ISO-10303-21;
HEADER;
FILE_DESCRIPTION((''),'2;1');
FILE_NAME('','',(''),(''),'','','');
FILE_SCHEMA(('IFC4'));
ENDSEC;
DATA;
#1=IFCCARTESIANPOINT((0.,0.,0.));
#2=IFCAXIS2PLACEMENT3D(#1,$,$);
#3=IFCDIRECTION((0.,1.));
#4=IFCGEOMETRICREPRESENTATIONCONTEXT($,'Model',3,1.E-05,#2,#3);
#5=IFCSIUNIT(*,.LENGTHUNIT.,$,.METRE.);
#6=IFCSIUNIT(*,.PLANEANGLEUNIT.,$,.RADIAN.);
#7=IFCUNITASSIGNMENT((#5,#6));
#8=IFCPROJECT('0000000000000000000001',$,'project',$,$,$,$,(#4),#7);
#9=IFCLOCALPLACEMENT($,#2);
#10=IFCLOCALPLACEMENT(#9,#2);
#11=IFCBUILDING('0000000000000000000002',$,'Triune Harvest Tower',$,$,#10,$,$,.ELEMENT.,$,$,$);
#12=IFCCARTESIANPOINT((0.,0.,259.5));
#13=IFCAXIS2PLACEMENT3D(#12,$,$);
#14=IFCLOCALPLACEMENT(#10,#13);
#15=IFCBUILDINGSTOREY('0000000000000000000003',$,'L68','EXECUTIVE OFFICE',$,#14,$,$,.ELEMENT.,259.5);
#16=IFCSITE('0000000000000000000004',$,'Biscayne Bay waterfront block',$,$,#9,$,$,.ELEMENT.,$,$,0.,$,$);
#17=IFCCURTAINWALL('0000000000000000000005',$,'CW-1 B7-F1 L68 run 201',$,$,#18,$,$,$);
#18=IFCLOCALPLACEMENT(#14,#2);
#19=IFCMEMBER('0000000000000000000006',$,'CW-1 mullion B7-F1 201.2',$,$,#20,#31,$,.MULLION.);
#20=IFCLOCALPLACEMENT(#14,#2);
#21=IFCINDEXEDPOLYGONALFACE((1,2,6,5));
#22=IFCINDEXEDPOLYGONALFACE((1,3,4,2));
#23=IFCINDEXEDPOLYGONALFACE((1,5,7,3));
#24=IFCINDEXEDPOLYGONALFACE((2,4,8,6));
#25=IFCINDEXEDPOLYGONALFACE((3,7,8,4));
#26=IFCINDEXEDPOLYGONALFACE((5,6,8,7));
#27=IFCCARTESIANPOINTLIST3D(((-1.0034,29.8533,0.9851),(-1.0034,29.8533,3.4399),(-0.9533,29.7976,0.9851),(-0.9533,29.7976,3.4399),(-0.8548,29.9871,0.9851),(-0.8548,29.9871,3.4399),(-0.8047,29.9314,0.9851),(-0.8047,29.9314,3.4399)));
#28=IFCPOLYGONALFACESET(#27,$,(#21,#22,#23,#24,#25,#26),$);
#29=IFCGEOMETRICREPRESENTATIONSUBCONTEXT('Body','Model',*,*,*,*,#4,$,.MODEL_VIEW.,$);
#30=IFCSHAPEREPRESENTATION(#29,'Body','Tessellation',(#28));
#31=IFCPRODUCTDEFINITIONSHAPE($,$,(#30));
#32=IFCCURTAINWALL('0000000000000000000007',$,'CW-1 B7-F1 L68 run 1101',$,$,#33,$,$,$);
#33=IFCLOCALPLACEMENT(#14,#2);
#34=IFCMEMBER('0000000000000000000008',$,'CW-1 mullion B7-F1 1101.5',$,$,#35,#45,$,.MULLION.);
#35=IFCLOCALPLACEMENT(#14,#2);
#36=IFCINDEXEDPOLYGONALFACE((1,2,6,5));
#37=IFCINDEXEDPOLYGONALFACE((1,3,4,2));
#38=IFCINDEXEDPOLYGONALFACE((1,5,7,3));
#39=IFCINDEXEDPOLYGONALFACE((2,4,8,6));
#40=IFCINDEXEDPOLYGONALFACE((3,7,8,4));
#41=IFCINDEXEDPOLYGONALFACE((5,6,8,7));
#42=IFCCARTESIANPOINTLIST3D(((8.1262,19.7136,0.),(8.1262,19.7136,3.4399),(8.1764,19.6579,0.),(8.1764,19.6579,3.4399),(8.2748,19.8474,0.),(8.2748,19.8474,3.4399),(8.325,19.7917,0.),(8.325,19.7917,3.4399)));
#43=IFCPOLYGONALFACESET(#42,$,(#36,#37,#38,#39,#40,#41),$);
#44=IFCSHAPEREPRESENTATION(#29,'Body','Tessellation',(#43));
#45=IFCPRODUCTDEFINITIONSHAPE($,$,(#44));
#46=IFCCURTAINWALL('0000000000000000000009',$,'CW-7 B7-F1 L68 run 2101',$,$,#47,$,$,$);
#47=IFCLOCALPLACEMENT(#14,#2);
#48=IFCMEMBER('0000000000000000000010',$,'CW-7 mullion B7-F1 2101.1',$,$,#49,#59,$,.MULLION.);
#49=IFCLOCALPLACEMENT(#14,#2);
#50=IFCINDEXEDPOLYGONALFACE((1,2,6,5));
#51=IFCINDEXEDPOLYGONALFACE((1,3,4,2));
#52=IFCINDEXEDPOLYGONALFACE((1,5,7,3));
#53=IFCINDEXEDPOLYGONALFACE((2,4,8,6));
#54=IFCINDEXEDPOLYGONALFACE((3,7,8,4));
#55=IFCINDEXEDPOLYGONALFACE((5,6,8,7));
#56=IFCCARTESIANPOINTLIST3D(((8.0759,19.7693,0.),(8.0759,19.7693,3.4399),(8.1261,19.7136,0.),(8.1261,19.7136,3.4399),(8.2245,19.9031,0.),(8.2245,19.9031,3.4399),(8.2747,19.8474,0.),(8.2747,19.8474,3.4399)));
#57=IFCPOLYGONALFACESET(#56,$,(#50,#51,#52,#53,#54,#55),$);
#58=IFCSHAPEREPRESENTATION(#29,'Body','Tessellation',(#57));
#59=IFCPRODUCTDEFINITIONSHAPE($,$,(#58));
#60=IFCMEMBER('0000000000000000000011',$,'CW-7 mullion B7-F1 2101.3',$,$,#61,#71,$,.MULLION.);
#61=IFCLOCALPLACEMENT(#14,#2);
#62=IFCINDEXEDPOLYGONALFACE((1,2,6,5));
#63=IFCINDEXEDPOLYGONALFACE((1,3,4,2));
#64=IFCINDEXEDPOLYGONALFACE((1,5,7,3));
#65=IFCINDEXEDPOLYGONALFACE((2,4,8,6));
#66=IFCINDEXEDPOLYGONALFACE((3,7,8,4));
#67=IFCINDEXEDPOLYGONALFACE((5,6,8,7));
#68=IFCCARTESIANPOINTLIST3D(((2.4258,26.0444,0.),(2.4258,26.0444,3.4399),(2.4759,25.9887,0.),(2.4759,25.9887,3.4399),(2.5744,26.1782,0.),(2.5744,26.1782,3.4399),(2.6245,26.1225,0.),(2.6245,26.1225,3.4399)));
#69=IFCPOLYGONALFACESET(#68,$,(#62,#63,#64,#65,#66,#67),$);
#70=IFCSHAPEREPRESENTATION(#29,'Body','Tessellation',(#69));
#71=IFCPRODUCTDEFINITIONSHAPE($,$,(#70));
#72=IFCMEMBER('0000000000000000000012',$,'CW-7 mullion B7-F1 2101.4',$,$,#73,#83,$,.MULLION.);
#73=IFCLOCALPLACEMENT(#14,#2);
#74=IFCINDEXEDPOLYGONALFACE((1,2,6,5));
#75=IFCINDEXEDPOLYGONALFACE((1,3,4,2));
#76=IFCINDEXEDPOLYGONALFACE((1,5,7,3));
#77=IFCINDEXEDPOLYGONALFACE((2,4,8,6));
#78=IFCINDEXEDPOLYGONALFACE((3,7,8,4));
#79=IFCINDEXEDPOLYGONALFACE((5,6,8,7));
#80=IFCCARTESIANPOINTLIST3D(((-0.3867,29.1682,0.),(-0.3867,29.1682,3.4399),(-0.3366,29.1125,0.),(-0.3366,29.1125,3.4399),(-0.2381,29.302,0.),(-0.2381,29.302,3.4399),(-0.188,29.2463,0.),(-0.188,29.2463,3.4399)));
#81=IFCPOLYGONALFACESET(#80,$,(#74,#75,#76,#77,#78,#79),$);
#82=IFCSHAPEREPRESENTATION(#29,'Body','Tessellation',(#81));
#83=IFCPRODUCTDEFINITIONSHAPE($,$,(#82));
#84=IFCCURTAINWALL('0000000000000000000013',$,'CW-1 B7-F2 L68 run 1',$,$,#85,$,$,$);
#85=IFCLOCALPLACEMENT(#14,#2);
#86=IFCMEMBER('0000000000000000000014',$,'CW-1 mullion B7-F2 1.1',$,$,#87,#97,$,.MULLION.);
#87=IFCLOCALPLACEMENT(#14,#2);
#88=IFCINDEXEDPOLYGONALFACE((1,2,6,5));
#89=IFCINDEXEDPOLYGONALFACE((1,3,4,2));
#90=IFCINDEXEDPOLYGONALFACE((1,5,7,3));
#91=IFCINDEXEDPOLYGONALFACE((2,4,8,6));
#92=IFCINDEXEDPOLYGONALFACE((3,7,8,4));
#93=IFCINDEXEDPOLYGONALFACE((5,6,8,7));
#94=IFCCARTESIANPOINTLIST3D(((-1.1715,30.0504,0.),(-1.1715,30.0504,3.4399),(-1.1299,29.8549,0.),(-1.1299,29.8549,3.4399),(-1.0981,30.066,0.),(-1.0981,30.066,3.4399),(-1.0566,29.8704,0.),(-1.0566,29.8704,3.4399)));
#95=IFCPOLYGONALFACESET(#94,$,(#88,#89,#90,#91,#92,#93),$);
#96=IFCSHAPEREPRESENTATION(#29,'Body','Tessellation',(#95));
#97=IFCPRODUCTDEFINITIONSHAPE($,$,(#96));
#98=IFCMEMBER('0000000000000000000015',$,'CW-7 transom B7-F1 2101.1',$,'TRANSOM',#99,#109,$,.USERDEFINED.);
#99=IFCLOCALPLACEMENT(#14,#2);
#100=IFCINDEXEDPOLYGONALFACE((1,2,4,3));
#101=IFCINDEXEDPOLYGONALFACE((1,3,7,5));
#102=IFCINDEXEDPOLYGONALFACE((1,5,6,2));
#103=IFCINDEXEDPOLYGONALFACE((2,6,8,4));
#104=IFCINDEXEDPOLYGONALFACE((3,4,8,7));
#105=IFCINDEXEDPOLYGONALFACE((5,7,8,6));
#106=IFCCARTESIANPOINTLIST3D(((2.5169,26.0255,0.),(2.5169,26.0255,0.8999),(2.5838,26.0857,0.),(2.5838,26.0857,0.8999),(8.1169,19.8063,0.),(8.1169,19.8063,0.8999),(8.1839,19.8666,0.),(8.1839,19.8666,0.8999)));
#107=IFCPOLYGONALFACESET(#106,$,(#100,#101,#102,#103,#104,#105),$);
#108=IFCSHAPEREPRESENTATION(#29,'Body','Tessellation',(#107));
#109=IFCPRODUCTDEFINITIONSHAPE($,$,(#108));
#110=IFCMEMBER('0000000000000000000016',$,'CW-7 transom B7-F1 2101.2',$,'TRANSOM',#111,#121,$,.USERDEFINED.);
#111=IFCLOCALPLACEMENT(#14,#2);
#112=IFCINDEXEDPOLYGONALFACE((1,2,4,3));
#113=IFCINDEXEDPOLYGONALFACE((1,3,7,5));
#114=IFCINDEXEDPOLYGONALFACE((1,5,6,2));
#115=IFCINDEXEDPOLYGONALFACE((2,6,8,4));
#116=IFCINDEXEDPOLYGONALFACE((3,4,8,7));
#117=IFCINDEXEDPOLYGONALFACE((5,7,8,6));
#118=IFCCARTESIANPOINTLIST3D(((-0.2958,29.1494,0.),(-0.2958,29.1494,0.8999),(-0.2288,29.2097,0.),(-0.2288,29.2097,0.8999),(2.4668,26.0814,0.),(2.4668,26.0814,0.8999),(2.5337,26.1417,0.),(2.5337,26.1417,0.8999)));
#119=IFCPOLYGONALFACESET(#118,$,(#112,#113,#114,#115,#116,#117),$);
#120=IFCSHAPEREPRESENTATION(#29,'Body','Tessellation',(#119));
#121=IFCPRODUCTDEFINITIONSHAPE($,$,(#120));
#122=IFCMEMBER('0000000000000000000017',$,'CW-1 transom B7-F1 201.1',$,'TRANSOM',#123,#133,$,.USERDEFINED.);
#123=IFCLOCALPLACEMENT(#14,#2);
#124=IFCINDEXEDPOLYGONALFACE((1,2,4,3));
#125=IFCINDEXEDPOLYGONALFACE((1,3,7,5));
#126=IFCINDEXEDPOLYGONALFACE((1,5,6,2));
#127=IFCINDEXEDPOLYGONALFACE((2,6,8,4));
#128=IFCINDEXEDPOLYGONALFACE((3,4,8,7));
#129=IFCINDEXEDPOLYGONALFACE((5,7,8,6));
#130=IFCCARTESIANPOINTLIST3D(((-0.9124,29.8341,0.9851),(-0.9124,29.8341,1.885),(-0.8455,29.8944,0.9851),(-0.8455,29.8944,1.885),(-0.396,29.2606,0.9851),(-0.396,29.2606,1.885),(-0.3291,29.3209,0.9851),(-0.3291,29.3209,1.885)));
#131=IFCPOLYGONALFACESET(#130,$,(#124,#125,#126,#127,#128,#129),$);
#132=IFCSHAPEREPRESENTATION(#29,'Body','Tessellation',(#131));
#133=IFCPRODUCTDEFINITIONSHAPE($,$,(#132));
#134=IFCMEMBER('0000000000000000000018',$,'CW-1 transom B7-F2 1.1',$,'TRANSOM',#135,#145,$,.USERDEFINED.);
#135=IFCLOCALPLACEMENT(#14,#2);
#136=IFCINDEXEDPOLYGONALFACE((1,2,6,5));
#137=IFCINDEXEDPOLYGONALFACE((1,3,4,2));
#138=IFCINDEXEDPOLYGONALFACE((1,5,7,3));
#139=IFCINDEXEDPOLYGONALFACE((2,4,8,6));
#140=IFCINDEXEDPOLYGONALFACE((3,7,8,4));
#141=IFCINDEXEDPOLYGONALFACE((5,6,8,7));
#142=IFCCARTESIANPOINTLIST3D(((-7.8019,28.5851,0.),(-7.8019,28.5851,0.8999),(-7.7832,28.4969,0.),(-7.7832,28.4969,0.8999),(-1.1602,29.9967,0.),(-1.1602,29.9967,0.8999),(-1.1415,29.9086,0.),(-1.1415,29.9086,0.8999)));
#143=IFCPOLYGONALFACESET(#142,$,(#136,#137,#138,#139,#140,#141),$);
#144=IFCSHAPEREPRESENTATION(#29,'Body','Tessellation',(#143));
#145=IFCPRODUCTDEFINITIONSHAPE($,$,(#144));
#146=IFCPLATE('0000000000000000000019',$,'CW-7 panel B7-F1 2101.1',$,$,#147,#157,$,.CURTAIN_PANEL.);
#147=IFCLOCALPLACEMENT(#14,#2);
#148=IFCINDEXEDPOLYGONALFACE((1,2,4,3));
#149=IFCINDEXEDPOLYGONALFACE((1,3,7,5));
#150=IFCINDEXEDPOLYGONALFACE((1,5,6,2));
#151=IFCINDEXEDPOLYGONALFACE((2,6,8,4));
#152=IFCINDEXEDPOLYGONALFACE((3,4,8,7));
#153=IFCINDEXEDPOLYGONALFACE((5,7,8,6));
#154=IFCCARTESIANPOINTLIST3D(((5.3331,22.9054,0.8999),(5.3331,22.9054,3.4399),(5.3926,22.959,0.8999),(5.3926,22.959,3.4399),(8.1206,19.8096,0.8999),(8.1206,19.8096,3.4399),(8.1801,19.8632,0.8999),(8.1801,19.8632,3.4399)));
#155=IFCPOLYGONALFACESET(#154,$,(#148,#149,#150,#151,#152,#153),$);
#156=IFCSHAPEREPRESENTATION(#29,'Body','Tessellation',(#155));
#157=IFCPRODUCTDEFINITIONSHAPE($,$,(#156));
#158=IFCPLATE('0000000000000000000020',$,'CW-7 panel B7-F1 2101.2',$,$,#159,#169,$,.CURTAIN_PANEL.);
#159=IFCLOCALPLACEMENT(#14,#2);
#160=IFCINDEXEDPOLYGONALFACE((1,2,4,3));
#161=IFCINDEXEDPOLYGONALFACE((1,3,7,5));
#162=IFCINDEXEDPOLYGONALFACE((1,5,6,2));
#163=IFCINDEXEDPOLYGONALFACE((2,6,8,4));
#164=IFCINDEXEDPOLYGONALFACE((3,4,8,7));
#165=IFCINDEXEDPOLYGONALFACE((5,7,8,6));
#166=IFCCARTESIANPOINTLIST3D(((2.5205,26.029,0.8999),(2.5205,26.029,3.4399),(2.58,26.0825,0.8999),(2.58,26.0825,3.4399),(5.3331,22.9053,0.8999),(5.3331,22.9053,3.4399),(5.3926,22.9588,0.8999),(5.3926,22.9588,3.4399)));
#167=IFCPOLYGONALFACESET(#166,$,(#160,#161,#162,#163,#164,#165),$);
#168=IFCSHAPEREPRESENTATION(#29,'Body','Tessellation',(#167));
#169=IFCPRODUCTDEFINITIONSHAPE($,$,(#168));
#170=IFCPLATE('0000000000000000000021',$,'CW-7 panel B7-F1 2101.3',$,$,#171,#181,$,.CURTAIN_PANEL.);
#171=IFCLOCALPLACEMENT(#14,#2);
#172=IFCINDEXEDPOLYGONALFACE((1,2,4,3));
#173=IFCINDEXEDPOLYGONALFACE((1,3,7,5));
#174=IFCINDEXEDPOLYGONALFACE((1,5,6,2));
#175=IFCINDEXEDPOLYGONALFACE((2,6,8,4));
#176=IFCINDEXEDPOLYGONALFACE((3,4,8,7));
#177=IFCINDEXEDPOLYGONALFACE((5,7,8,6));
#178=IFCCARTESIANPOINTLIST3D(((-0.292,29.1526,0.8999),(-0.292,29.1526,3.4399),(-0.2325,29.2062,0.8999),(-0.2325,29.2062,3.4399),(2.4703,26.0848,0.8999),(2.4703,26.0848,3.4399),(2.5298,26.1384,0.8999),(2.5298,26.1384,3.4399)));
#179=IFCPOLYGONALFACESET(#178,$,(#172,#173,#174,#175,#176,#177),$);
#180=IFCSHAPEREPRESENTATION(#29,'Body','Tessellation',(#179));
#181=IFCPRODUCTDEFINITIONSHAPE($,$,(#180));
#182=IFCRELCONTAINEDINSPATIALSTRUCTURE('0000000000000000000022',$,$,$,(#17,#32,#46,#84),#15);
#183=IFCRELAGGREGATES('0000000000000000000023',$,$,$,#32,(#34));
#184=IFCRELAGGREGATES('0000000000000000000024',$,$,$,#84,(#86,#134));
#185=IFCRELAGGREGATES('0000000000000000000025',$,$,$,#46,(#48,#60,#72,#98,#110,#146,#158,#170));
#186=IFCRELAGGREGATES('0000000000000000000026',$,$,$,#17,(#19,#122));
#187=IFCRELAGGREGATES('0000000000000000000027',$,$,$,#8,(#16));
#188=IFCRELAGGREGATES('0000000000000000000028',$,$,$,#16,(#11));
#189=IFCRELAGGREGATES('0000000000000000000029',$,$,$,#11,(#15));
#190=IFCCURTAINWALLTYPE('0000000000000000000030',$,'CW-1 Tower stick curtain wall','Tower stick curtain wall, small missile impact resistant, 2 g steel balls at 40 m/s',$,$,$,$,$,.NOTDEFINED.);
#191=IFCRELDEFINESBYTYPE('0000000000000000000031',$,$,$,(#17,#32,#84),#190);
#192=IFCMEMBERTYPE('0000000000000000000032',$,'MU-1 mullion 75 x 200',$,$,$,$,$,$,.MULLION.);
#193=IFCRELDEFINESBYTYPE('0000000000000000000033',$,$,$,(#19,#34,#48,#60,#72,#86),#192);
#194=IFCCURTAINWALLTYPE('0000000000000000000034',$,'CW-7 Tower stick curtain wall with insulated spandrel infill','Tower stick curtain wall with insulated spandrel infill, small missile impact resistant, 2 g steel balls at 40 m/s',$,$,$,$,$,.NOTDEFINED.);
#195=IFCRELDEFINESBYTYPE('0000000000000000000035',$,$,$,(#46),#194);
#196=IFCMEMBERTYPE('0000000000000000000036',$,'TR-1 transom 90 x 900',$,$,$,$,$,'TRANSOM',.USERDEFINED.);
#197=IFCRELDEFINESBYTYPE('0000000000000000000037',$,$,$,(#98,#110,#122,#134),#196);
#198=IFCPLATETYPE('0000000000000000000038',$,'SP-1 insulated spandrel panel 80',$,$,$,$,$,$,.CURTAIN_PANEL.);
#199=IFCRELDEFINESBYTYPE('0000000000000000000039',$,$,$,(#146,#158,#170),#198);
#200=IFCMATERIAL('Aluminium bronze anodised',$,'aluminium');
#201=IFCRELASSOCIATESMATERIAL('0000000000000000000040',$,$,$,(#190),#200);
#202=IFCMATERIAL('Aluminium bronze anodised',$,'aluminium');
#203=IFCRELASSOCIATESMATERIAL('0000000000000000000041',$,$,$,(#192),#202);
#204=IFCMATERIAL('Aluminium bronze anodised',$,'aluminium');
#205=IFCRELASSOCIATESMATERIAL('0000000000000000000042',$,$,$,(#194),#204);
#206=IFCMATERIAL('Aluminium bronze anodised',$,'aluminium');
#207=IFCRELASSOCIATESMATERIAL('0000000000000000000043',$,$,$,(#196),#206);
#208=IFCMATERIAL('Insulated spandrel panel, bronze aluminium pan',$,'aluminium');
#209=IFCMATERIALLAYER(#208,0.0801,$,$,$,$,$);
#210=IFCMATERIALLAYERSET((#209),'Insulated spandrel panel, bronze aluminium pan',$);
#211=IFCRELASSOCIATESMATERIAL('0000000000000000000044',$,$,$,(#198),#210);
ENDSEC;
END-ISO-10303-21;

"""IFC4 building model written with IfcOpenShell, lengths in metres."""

from ifc_helpers import new_model, si_unit, direction, frame, origin, origin_2d, place, context, subcontext, project, spatial, rectangle, extrude, source, transform, mapped, material, layer, layer_set, material_profile, profile_set, type_object, element, aggregate, save


model = new_model("IFC4")

# Units and contexts
model_context = context("Model", 3, precision=1e-05, world=origin(), true_north=direction((0.0, 1.0)))
body_context = subcontext(model_context, "Body", "Model", "MODEL_VIEW")
ifc_project = project(units=[si_unit("LENGTHUNIT", "METRE"), si_unit("PLANEANGLEUNIT", "RADIAN")], contexts=[model_context])

# Site, building, storey
site_placement = place(None, origin())
site = spatial("IfcSite", under=ifc_project, at=site_placement, Name="Biscayne Bay waterfront block", CompositionType="ELEMENT", RefElevation=0.0)
building_placement = place(site_placement, origin())
building = spatial("IfcBuilding", under=site, at=building_placement, Name="Triune Harvest Tower", CompositionType="ELEMENT")
storey_placement = place(building_placement, frame((0.0, 0.0, 259.5)))
storey = spatial("IfcBuildingStorey", under=building, at=storey_placement, Name="L68", Description="EXECUTIVE OFFICE", CompositionType="ELEMENT", Elevation=259.5)

# Curtain wall, member
ifc_material_1 = material(Name="Aluminium bronze anodised", Category="aluminium")
curtain_wall_type_1 = type_object("IfcCurtainWallType", Name="CW-1 Tower stick curtain wall", Description="Tower stick curtain wall, small missile impact resistant, 2 g steel balls at 40 m/s", PredefinedType="NOTDEFINED", material=ifc_material_1)
curtain_wall_1_placement = place(storey_placement, origin())
curtain_wall_1 = element("IfcCurtainWall", 1, at=curtain_wall_1_placement, inside=storey, type_object=curtain_wall_type_1, Name="CW-1 B7-F1 L68 run 201")
ifc_material_2 = material(Name="Aluminium bronze anodised", Category="aluminium")
ifc_material_profile_1 = material_profile(ifc_material_2, rectangle(XDim=0.2, YDim=0.075, at=origin_2d()), Name="MU-1 mullion 75 x 200")
ifc_profile_set_1 = profile_set([ifc_material_profile_1], Name="Aluminium bronze anodised")
member_type_1 = type_object("IfcMemberType", Name="MU-1 mullion 75 x 200", PredefinedType="MULLION", material=ifc_profile_set_1)
shared_shape_1 = source(origin(), body_context, "Body", "SweptSolid", [
    extrude(rectangle(XDim=0.2, YDim=0.075, at=origin_2d()), origin(), (0.0, 0.0, 1.0), 2.4548),
])
member_1_placement = place(storey_placement, frame((-0.9041, 29.8923, 0.9851), z_axis=(0.0, 0.0, 1.0), x_axis=(-0.743132, -0.669145, 0.0)))
member_1 = element("IfcMember", 2, at=member_1_placement, type_object=member_type_1, Name="CW-1 mullion B7-F1 201.2", PredefinedType="MULLION", context=body_context, shape_type="MappedRepresentation", body=[
    mapped(shared_shape_1, transform((0.0, 0.0, 0.0), scale=1.0)),
])

# Curtain wall, member
curtain_wall_2_placement = place(storey_placement, origin())
curtain_wall_2 = element("IfcCurtainWall", 3, at=curtain_wall_2_placement, inside=storey, type_object=curtain_wall_type_1, Name="CW-1 B7-F1 L68 run 1101")
shared_shape_2 = source(origin(), body_context, "Body", "SweptSolid", [
    extrude(rectangle(XDim=0.2, YDim=0.075, at=origin_2d()), origin(), (0.0, 0.0, 1.0), 3.4399),
])
member_2_placement = place(storey_placement, frame((8.2256, 19.7527, 0.0), z_axis=(0.0, 0.0, 1.0), x_axis=(-0.743145, -0.669131, 0.0)))
member_2 = element("IfcMember", 4, at=member_2_placement, type_object=member_type_1, Name="CW-1 mullion B7-F1 1101.5", PredefinedType="MULLION", context=body_context, shape_type="MappedRepresentation", body=[
    mapped(shared_shape_2, transform((0.0, 0.0, 0.0), scale=1.0)),
])
aggregate(curtain_wall_2, [member_2])

# Curtain wall, members
ifc_material_3 = material(Name="Aluminium bronze anodised", Category="aluminium")
curtain_wall_type_2 = type_object("IfcCurtainWallType", Name="CW-7 Tower stick curtain wall with insulated spandrel infill", Description="Tower stick curtain wall with insulated spandrel infill, small missile impact resistant, 2 g steel balls at 40 m/s", PredefinedType="NOTDEFINED", material=ifc_material_3)
curtain_wall_3_placement = place(storey_placement, origin())
curtain_wall_3 = element("IfcCurtainWall", 5, at=curtain_wall_3_placement, inside=storey, type_object=curtain_wall_type_2, Name="CW-7 B7-F1 L68 run 2101")
member_3_placement = place(storey_placement, frame((8.1753, 19.8083, 0.0), z_axis=(0.0, 0.0, 1.0), x_axis=(-0.743144, -0.669132, 0.0)))
member_3 = element("IfcMember", 6, at=member_3_placement, type_object=member_type_1, Name="CW-7 mullion B7-F1 2101.1", PredefinedType="MULLION", context=body_context, shape_type="MappedRepresentation", body=[
    mapped(shared_shape_2, transform((0.0, 0.0, 0.0), scale=1.0)),
])
member_4_placement = place(storey_placement, frame((2.5251, 26.0835, 0.0), z_axis=(0.0, 0.0, 1.0), x_axis=(-0.743144, -0.669132, 0.0)))
member_4 = element("IfcMember", 7, at=member_4_placement, type_object=member_type_1, Name="CW-7 mullion B7-F1 2101.3", PredefinedType="MULLION", context=body_context, shape_type="MappedRepresentation", body=[
    mapped(shared_shape_2, transform((0.0, 0.0, 0.0), scale=1.0)),
])
member_5_placement = place(storey_placement, frame((-0.2874, 29.2073, 0.0), z_axis=(0.0, 0.0, 1.0), x_axis=(-0.743144, -0.669132, 0.0)))
member_5 = element("IfcMember", 8, at=member_5_placement, type_object=member_type_1, Name="CW-7 mullion B7-F1 2101.4", PredefinedType="MULLION", context=body_context, shape_type="MappedRepresentation", body=[
    mapped(shared_shape_2, transform((0.0, 0.0, 0.0), scale=1.0)),
])

# Curtain wall, member
curtain_wall_4_placement = place(storey_placement, origin())
curtain_wall_4 = element("IfcCurtainWall", 9, at=curtain_wall_4_placement, inside=storey, type_object=curtain_wall_type_1, Name="CW-1 B7-F2 L68 run 1")
member_6_placement = place(storey_placement, frame((-1.114, 29.9604, 0.0), z_axis=(0.0, 0.0, 1.0), x_axis=(0.207905, -0.978149, 0.0)))
member_6 = element("IfcMember", 10, at=member_6_placement, type_object=member_type_1, Name="CW-1 mullion B7-F2 1.1", PredefinedType="MULLION", context=body_context, shape_type="MappedRepresentation", body=[
    mapped(shared_shape_2, transform((0.0, 0.0, 0.0), scale=1.0)),
])

# Members
ifc_material_4 = material(Name="Aluminium bronze anodised", Category="aluminium")
ifc_material_profile_2 = material_profile(ifc_material_4, rectangle(XDim=0.0901, YDim=0.8999, at=origin_2d()), Name="TR-1 transom 90 x 900")
ifc_profile_set_2 = profile_set([ifc_material_profile_2], Name="Aluminium bronze anodised")
member_type_2 = type_object("IfcMemberType", Name="TR-1 transom 90 x 900", ElementType="TRANSOM", PredefinedType="USERDEFINED", material=ifc_profile_set_2)
shared_shape_3 = source(origin(), body_context, "Body", "SweptSolid", [
    extrude(rectangle(XDim=0.0901, YDim=0.8999, at=origin_2d()), origin(), (0.0, 0.0, 1.0), 8.3689),
])
member_7_placement = place(storey_placement, frame((8.1504, 19.8364, 0.45), z_axis=(-0.669148, 0.743129, 0.0), x_axis=(-0.743129, -0.669148, 0.0)))
member_7 = element("IfcMember", 11, at=member_7_placement, type_object=member_type_2, Name="CW-7 transom B7-F1 2101.1", ObjectType="TRANSOM", PredefinedType="USERDEFINED", context=body_context, shape_type="MappedRepresentation", body=[
    mapped(shared_shape_3, transform((0.0, 0.0, 0.0), scale=1.0)),
])
shared_shape_4 = source(origin(), body_context, "Body", "SweptSolid", [
    extrude(rectangle(XDim=0.0901, YDim=0.8999, at=origin_2d()), origin(), (0.0, 0.0, 1.0), 4.1284),
])
member_8_placement = place(storey_placement, frame((2.5002, 26.1116, 0.45), z_axis=(-0.669148, 0.743129, 0.0), x_axis=(-0.743129, -0.669148, 0.0)))
member_8 = element("IfcMember", 12, at=member_8_placement, type_object=member_type_2, Name="CW-7 transom B7-F1 2101.2", ObjectType="TRANSOM", PredefinedType="USERDEFINED", context=body_context, shape_type="MappedRepresentation", body=[
    mapped(shared_shape_4, transform((0.0, 0.0, 0.0), scale=1.0)),
])
shared_shape_5 = source(origin(), body_context, "Body", "SweptSolid", [
    extrude(rectangle(XDim=0.0901, YDim=0.8999, at=origin_2d()), origin(), (0.0, 0.0, 1.0), 0.7717),
])
member_9_placement = place(storey_placement, frame((-0.3625, 29.2908, 1.4351), z_axis=(-0.669122, 0.743153, 0.0), x_axis=(-0.743153, -0.669122, 0.0)))
member_9 = element("IfcMember", 13, at=member_9_placement, type_object=member_type_2, Name="CW-1 transom B7-F1 201.1", ObjectType="TRANSOM", PredefinedType="USERDEFINED", context=body_context, shape_type="MappedRepresentation", body=[
    mapped(shared_shape_5, transform((0.0, 0.0, 0.0), scale=1.0)),
])
shared_shape_6 = source(origin(), body_context, "Body", "SweptSolid", [
    extrude(rectangle(XDim=0.0901, YDim=0.8999, at=origin_2d()), origin(), (0.0, 0.0, 1.0), 6.79),
])
member_10_placement = place(storey_placement, frame((-1.1509, 29.9526, 0.45), z_axis=(-0.97815, -0.207898, 0.0), x_axis=(0.207898, -0.97815, 0.0)))
member_10 = element("IfcMember", 14, at=member_10_placement, type_object=member_type_2, Name="CW-1 transom B7-F2 1.1", ObjectType="TRANSOM", PredefinedType="USERDEFINED", context=body_context, shape_type="MappedRepresentation", body=[
    mapped(shared_shape_6, transform((0.0, 0.0, 0.0), scale=1.0)),
])
aggregate(curtain_wall_4, [member_6, member_10])

# Plates
ifc_material_5 = material(Name="Insulated spandrel panel, bronze aluminium pan", Category="aluminium")
ifc_layer_1 = layer(ifc_material_5, 0.0801)
ifc_layer_set_1 = layer_set([ifc_layer_1], Name="Insulated spandrel panel, bronze aluminium pan")
plate_type_1 = type_object("IfcPlateType", Name="SP-1 insulated spandrel panel 80", PredefinedType="CURTAIN_PANEL", material=ifc_layer_set_1)
shared_shape_7 = source(origin(), body_context, "Body", "SweptSolid", [
    extrude(rectangle(XDim=4.1658, YDim=0.0801, at=origin_2d()), origin(), (0.0, 0.0, 1.0), 2.54),
])
plate_1_placement = place(storey_placement, frame((6.7566, 21.3843, 0.8999), z_axis=(0.0, 0.0, 1.0), x_axis=(-0.669132, 0.743144, 0.0)))
plate_1 = element("IfcPlate", 15, at=plate_1_placement, type_object=plate_type_1, Name="CW-7 panel B7-F1 2101.1", PredefinedType="CURTAIN_PANEL", context=body_context, shape_type="MappedRepresentation", body=[
    mapped(shared_shape_7, transform((0.0, 0.0, 0.0), scale=1.0)),
])
shared_shape_8 = source(origin(), body_context, "Body", "SweptSolid", [
    extrude(rectangle(XDim=4.2034, YDim=0.0801, at=origin_2d()), origin(), (0.0, 0.0, 1.0), 2.54),
])
plate_2_placement = place(storey_placement, frame((3.9565, 24.4939, 0.8999), z_axis=(0.0, 0.0, 1.0), x_axis=(-0.669132, 0.743144, 0.0)))
plate_2 = element("IfcPlate", 16, at=plate_2_placement, type_object=plate_type_1, Name="CW-7 panel B7-F1 2101.2", PredefinedType="CURTAIN_PANEL", context=body_context, shape_type="MappedRepresentation", body=[
    mapped(shared_shape_8, transform((0.0, 0.0, 0.0), scale=1.0)),
])
shared_shape_9 = source(origin(), body_context, "Body", "SweptSolid", [
    extrude(rectangle(XDim=4.1282, YDim=0.0801, at=origin_2d()), origin(), (0.0, 0.0, 1.0), 2.54),
])
plate_3_placement = place(storey_placement, frame((1.1189, 27.6455, 0.8999), z_axis=(0.0, 0.0, 1.0), x_axis=(-0.669132, 0.743144, 0.0)))
plate_3 = element("IfcPlate", 17, at=plate_3_placement, type_object=plate_type_1, Name="CW-7 panel B7-F1 2101.3", PredefinedType="CURTAIN_PANEL", context=body_context, shape_type="MappedRepresentation", body=[
    mapped(shared_shape_9, transform((0.0, 0.0, 0.0), scale=1.0)),
])
aggregate(curtain_wall_3, [member_3, member_4, member_5, member_7, member_8, plate_1, plate_2, plate_3])
aggregate(curtain_wall_1, [member_1, member_9])

save(model, "model.ifc")
